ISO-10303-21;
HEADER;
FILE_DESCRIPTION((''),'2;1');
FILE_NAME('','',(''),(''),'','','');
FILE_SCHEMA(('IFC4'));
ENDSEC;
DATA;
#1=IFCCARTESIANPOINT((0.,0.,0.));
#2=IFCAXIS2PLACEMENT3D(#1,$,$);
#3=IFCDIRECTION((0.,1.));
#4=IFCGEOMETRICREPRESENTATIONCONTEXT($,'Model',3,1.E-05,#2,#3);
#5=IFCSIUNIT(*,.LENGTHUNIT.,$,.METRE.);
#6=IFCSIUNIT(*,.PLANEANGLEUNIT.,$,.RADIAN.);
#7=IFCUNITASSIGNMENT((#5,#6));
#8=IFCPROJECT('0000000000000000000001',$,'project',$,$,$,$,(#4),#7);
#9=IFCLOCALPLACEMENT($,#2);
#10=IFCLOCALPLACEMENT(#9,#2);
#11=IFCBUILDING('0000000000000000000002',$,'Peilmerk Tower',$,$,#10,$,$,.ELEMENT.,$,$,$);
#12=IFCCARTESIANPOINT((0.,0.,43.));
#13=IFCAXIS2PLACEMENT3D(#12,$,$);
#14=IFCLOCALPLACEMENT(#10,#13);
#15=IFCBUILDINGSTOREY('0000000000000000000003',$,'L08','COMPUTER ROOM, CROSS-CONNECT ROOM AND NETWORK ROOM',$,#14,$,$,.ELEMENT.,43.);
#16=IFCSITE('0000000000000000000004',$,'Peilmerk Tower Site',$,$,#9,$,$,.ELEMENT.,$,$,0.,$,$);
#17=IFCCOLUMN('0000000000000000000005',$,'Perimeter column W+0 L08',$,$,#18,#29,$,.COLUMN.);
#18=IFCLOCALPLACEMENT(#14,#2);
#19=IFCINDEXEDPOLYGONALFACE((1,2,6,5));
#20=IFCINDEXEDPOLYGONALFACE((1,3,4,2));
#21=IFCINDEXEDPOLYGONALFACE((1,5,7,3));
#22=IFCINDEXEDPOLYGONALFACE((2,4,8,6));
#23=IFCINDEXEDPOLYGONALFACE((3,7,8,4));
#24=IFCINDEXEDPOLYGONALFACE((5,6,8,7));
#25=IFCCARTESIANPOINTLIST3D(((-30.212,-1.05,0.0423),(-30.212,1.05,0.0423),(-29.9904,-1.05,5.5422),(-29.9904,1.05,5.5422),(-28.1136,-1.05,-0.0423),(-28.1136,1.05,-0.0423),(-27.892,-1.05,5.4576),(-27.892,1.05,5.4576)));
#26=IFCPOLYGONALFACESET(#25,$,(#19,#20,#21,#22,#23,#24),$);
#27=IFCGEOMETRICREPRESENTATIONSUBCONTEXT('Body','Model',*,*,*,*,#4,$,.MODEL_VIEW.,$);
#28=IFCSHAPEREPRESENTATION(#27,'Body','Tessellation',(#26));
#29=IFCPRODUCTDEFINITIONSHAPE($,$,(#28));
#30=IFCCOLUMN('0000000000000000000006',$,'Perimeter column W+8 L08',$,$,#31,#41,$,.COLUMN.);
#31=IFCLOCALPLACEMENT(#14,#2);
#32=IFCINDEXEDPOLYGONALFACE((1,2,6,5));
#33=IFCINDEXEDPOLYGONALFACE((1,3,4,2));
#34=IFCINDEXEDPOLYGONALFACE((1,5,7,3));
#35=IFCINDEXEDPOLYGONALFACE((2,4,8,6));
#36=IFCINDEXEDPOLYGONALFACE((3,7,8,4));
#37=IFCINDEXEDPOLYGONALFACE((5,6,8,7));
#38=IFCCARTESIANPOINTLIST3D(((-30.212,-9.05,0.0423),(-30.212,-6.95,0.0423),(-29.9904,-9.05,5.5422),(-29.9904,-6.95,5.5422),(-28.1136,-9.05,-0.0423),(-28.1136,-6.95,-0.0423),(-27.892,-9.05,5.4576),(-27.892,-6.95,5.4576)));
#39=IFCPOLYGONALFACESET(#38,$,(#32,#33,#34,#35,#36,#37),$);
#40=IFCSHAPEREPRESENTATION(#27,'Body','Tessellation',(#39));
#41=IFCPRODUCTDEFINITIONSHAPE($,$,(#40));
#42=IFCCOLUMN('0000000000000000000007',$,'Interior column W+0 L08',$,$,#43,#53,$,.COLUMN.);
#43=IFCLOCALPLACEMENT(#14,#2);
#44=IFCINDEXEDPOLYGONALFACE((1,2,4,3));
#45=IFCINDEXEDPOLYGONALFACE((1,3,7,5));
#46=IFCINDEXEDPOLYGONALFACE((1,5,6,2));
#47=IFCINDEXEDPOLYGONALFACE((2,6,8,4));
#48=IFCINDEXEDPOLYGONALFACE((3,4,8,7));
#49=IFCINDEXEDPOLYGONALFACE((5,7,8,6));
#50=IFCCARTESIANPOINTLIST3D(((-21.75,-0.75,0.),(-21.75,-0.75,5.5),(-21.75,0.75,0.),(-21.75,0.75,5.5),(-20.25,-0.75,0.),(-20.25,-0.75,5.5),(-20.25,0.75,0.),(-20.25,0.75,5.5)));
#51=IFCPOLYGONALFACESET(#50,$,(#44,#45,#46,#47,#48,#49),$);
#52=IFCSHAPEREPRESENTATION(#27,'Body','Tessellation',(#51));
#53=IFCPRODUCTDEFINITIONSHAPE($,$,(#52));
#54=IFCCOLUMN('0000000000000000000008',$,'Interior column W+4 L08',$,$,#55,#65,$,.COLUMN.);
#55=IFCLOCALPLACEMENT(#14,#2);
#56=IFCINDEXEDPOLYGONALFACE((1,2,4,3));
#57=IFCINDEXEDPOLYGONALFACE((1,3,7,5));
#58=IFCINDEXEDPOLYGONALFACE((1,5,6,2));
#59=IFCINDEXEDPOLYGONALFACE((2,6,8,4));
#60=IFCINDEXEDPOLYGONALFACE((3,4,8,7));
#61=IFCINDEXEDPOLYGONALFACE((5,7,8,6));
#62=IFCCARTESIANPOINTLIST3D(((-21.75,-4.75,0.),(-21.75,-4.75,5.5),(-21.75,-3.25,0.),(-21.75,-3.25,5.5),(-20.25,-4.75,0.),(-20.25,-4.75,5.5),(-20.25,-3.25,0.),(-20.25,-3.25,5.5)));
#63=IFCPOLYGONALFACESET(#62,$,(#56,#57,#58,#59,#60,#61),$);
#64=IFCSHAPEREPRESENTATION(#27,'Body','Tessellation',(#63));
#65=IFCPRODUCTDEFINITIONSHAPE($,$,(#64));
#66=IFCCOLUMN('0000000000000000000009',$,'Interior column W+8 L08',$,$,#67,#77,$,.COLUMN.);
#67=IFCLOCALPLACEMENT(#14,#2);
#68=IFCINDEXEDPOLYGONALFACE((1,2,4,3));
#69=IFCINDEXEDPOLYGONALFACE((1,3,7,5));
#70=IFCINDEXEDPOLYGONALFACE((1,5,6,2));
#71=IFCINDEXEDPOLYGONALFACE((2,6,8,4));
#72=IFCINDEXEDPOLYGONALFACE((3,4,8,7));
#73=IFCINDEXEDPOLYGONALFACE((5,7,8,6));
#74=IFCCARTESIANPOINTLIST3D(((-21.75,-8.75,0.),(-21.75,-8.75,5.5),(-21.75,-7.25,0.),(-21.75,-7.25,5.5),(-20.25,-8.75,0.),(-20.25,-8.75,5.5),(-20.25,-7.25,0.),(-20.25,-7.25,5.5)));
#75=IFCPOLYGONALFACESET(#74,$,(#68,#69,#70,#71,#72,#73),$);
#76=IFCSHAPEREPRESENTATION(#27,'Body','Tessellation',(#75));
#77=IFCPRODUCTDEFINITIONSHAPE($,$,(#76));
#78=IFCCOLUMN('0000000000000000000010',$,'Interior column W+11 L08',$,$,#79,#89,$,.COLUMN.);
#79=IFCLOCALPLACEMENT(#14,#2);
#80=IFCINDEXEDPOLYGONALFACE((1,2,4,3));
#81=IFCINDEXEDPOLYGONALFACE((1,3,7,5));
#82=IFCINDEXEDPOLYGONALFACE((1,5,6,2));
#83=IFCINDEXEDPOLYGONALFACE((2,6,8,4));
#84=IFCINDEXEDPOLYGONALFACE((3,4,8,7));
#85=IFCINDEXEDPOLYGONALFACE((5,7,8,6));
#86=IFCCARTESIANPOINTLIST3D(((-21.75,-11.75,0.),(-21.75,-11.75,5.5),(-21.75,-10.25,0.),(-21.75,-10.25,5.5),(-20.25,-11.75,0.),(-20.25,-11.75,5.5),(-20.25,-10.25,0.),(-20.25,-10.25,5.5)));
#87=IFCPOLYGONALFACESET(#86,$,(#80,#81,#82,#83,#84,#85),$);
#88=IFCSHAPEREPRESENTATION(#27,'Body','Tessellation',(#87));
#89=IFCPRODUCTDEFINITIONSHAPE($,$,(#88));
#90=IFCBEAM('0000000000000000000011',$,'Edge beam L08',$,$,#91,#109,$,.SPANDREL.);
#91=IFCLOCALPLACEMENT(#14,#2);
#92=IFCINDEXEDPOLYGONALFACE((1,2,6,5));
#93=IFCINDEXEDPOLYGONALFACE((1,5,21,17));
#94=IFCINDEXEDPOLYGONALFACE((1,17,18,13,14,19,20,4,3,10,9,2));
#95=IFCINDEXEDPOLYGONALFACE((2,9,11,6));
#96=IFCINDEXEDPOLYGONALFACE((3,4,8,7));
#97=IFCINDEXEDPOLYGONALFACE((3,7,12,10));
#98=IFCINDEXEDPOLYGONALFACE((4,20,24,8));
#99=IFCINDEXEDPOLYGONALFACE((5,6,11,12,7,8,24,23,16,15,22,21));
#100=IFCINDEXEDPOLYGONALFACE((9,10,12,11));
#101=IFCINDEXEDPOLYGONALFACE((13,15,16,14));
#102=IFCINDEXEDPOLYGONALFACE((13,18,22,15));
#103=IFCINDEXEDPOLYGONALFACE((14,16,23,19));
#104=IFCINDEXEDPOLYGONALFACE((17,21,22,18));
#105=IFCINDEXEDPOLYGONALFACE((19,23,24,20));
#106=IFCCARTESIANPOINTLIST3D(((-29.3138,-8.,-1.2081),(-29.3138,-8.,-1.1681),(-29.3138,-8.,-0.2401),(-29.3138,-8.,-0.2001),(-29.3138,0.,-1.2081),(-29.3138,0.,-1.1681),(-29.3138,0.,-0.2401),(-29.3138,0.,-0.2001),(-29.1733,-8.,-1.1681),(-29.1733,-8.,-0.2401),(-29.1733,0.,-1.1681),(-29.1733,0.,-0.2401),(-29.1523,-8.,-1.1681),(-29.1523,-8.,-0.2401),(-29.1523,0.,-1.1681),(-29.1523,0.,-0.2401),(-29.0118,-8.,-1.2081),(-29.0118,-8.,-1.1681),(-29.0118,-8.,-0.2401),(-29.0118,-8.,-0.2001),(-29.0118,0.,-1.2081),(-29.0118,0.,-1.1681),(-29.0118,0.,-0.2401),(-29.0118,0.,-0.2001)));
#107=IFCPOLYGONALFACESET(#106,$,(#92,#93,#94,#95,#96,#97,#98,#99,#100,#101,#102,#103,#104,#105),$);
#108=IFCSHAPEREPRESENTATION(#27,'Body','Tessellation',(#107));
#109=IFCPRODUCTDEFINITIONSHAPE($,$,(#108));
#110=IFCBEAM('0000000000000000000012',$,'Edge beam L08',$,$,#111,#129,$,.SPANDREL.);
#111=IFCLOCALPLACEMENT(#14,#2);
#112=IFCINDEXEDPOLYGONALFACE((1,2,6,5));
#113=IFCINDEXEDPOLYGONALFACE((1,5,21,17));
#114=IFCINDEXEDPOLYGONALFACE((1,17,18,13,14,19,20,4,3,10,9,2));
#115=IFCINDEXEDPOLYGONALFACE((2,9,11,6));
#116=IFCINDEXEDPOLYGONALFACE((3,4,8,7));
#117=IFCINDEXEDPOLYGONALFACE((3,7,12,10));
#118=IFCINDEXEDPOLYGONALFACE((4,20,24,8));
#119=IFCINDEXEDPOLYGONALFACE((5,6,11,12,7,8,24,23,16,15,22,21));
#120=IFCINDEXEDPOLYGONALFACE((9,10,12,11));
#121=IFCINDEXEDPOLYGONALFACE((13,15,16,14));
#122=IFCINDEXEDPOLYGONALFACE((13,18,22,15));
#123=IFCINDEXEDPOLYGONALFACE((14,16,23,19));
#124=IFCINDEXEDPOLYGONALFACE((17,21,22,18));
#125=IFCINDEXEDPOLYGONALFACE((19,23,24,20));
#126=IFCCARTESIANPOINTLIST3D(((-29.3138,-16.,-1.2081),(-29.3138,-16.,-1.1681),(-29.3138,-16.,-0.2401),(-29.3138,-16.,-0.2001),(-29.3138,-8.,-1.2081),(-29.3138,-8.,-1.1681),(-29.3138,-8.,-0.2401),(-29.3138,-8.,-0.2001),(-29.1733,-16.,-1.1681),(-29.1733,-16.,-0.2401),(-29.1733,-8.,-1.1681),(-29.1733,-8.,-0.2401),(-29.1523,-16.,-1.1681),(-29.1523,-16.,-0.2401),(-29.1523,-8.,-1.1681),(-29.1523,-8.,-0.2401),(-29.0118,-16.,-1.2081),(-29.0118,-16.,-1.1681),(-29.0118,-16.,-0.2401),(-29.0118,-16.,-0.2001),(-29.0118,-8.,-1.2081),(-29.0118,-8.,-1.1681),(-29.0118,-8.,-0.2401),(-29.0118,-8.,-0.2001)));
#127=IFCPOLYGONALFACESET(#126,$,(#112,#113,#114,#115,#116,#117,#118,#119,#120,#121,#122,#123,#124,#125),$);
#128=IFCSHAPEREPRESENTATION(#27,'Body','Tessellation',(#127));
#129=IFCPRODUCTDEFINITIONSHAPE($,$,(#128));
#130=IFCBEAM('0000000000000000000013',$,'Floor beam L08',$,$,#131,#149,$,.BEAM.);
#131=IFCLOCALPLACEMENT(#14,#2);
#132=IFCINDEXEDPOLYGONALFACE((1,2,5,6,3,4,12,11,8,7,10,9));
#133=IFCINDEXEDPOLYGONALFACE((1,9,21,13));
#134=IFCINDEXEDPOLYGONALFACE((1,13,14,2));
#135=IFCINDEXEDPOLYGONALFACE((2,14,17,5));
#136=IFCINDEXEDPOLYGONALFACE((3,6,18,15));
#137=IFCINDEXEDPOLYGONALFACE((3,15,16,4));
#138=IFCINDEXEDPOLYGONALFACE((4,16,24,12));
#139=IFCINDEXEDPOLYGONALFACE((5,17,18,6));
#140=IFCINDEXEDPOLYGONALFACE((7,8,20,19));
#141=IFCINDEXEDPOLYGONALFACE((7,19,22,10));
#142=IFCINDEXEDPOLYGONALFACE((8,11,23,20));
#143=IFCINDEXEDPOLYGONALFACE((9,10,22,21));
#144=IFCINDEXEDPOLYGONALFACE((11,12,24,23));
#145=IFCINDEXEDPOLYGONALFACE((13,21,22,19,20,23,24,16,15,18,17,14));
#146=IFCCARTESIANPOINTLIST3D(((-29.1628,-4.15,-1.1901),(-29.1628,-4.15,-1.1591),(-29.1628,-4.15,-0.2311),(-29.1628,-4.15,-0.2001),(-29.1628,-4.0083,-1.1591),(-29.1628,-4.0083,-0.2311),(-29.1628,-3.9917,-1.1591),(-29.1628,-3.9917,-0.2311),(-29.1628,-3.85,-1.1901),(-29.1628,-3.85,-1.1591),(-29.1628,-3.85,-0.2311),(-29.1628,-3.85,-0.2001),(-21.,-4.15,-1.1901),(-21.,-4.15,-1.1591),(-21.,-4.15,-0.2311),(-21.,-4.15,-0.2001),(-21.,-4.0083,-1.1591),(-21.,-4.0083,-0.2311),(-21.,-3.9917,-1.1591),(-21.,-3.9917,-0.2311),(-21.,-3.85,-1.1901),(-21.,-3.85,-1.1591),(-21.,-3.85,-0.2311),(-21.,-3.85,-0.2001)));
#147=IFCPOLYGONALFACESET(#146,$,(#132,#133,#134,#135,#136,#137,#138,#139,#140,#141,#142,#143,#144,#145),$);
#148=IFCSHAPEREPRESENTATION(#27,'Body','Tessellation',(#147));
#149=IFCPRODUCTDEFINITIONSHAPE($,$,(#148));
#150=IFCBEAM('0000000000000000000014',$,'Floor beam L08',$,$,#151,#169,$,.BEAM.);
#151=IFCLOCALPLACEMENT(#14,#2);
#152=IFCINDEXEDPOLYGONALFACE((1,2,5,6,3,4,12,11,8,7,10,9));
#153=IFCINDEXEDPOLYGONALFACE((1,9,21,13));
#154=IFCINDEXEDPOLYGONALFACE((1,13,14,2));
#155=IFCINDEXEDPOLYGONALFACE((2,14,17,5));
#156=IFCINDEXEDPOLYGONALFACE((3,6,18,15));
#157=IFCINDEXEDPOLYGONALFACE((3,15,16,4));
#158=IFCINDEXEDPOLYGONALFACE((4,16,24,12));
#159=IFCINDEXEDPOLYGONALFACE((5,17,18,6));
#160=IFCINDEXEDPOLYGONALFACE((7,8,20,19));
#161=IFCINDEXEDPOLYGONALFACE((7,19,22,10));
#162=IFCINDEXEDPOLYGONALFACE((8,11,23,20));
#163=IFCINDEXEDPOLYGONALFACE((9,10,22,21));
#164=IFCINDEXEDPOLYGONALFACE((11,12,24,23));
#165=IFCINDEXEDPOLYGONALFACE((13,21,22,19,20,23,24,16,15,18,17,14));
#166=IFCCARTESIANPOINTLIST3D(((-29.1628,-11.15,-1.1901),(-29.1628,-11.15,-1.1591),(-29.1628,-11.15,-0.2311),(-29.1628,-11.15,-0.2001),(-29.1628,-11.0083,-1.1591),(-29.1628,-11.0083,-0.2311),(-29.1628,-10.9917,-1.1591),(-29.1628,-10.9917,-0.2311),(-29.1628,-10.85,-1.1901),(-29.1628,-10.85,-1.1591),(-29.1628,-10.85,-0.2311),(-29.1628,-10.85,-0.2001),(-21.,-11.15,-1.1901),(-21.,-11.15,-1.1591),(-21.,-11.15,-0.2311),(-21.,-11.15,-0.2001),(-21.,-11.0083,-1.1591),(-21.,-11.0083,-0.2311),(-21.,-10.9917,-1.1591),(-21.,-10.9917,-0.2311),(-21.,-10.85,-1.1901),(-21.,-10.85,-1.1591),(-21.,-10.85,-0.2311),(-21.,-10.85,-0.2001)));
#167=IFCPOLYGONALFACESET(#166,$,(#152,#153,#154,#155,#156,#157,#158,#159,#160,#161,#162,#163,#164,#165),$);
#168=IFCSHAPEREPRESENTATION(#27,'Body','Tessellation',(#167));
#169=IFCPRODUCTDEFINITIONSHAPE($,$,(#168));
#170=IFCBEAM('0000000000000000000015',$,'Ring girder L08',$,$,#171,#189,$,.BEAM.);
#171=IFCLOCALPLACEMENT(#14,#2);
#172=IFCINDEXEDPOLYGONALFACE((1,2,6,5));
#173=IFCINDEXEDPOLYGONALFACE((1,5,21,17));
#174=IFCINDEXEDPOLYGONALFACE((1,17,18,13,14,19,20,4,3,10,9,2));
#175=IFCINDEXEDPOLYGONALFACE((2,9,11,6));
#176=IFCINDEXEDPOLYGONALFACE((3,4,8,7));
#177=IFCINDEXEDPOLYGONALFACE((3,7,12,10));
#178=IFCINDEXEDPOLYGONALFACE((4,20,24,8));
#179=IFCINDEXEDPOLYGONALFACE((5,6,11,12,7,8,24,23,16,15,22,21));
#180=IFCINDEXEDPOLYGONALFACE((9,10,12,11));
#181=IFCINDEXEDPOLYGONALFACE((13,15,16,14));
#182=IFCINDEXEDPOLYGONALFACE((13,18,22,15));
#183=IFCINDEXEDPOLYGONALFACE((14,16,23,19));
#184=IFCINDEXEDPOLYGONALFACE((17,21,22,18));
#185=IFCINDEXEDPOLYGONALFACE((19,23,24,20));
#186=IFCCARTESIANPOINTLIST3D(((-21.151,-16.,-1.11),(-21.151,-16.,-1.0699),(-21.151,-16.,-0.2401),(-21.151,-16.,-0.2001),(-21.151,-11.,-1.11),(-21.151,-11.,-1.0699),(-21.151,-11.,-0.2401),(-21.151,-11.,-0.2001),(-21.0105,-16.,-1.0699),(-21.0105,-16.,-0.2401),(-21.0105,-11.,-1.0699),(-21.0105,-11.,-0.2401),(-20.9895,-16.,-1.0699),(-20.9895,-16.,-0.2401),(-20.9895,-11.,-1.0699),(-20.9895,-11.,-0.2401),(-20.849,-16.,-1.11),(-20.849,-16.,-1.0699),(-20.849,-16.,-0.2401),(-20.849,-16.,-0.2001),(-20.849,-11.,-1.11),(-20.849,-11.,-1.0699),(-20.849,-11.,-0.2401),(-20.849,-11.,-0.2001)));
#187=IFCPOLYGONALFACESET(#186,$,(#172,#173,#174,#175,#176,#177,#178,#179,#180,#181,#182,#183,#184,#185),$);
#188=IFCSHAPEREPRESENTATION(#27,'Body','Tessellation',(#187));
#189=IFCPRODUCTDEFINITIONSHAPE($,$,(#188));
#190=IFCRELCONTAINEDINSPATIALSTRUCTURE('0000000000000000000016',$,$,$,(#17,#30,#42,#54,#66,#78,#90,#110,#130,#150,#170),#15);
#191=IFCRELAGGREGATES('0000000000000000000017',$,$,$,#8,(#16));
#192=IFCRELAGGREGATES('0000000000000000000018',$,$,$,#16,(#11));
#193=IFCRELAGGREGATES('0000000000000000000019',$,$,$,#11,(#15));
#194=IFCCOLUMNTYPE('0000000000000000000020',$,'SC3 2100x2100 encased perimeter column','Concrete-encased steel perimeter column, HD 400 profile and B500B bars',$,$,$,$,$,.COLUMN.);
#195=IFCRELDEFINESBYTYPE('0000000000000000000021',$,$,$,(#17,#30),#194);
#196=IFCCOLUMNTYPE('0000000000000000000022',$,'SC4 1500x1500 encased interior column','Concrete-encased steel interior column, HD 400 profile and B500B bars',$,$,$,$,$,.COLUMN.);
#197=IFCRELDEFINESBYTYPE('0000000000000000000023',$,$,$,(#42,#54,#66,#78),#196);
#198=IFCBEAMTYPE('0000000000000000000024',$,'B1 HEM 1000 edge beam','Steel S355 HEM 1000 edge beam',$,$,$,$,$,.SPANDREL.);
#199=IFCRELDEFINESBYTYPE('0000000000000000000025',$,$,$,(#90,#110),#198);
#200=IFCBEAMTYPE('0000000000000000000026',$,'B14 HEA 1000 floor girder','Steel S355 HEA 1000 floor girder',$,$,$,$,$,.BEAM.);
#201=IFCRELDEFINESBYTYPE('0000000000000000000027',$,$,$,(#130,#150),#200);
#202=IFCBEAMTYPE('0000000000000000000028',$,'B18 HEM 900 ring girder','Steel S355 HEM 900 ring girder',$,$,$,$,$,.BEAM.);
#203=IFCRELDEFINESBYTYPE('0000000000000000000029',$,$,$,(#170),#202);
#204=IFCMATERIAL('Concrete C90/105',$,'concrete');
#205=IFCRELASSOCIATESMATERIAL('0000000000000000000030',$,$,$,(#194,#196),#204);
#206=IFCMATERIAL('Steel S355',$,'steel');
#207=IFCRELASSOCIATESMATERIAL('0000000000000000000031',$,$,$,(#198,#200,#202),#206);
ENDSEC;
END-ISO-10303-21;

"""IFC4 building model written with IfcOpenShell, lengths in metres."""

from ifc_helpers import new_model, si_unit, direction, frame, origin, origin_2d, place, context, subcontext, project, spatial, rectangle, i_section, extrude, material, material_profile, profile_set, type_object, element, save


model = new_model("IFC4")

# Units and contexts
model_context = context("Model", 3, precision=1e-05, world=origin(), true_north=direction((0.0, 1.0)))
body_context = subcontext(model_context, "Body", "Model", "MODEL_VIEW")
ifc_project = project(units=[si_unit("LENGTHUNIT", "METRE"), si_unit("PLANEANGLEUNIT", "RADIAN")], contexts=[model_context])

# Site, building, storey
site_placement = place(None, origin())
site = spatial("IfcSite", under=ifc_project, at=site_placement, Name="Peilmerk Tower Site", CompositionType="ELEMENT", RefElevation=0.0)
building_placement = place(site_placement, origin())
building = spatial("IfcBuilding", under=site, at=building_placement, Name="Peilmerk Tower", CompositionType="ELEMENT")
storey_placement = place(building_placement, frame((0.0, 0.0, 43.0)))
storey = spatial("IfcBuildingStorey", under=building, at=storey_placement, Name="L08", Description="COMPUTER ROOM, CROSS-CONNECT ROOM AND NETWORK ROOM", CompositionType="ELEMENT", Elevation=43.0)

# Columns
ifc_material_1 = material(Name="Concrete C90/105", Category="concrete")
ifc_material_profile_1 = material_profile(ifc_material_1, rectangle(XDim=2.1001, YDim=2.1001, at=origin_2d()), Name="RC 2100x2100")
ifc_profile_set_1 = profile_set([ifc_material_profile_1], Name="Concrete C90/105")
column_type_1 = type_object("IfcColumnType", Name="SC3 2100x2100 encased perimeter column", Description="Concrete-encased steel perimeter column, HD 400 profile and B500B bars", PredefinedType="COLUMN", material=ifc_profile_set_1)
for number, where, z_axis, x_axis, name in (
    (1, (-29.1628, 0.0, 0.0), (0.040273, 0.0, 0.999189), (0.0, 1.0, 0.0), "Perimeter column W+0 L08"),
    (2, (-29.1628, -8.0, 0.0), (0.040273, 0.0, 0.999189), (0.0, 1.0, 0.0), "Perimeter column W+8 L08"),
):
    element("IfcColumn", number, at=place(storey_placement, frame(where, z_axis=z_axis, x_axis=x_axis)), inside=storey, type_object=column_type_1, Name=name, PredefinedType="COLUMN", context=body_context, shape_type="SweptSolid", body=[
        extrude(rectangle(XDim=2.1001, YDim=2.1001, at=origin_2d()), origin(), (0.0, 0.0, 1.0), 5.5044),
    ])
ifc_material_profile_2 = material_profile(ifc_material_1, rectangle(XDim=1.5, YDim=1.5, at=origin_2d()), Name="RC 1500x1500")
ifc_profile_set_2 = profile_set([ifc_material_profile_2], Name="Concrete C90/105")
column_type_2 = type_object("IfcColumnType", Name="SC4 1500x1500 encased interior column", Description="Concrete-encased steel interior column, HD 400 profile and B500B bars", PredefinedType="COLUMN", material=ifc_profile_set_2)
for number, where, z_axis, x_axis, name in (
    (3, (-21.0, 0.0, 0.0), (0.0, 0.0, 1.0), (1.0, 0.0, 0.0), "Interior column W+0 L08"),
    (4, (-21.0, -4.0, 0.0), (0.0, 0.0, 1.0), (1.0, 0.0, 0.0), "Interior column W+4 L08"),
    (5, (-21.0, -8.0, 0.0), (0.0, 0.0, 1.0), (1.0, 0.0, 0.0), "Interior column W+8 L08"),
    (6, (-21.0, -11.0, 0.0), (0.0, 0.0, 1.0), (1.0, 0.0, 0.0), "Interior column W+11 L08"),
):
    element("IfcColumn", number, at=place(storey_placement, frame(where, z_axis=z_axis, x_axis=x_axis)), inside=storey, type_object=column_type_2, Name=name, PredefinedType="COLUMN", context=body_context, shape_type="SweptSolid", body=[
        extrude(rectangle(XDim=1.5, YDim=1.5, at=origin_2d()), origin(), (0.0, 0.0, 1.0), 5.5),
    ])

# Beams
ifc_material_2 = material(Name="Steel S355", Category="steel")
ifc_material_profile_3 = material_profile(ifc_material_2, i_section(OverallWidth=0.302, OverallDepth=1.0081, WebThickness=0.021, FlangeThickness=0.04, at=origin_2d()), Name="HEM 1000")
ifc_profile_set_3 = profile_set([ifc_material_profile_3], Name="Steel S355")
beam_type_1 = type_object("IfcBeamType", Name="B1 HEM 1000 edge beam", Description="Steel S355 HEM 1000 edge beam", PredefinedType="SPANDREL", material=ifc_profile_set_3)
for number, where, z_axis, x_axis, name in (
    (7, (-29.1628, 0.0, -0.7041), (0.0, -1.0, 0.0), (1.0, 0.0, 0.0), "Edge beam L08"),
    (8, (-29.1628, -8.0, -0.7041), (0.0, -1.0, 0.0), (1.0, 0.0, 0.0), "Edge beam L08"),
):
    element("IfcBeam", number, at=place(storey_placement, frame(where, z_axis=z_axis, x_axis=x_axis)), inside=storey, type_object=beam_type_1, Name=name, PredefinedType="SPANDREL", context=body_context, shape_type="SweptSolid", body=[
        extrude(i_section(OverallWidth=0.302, OverallDepth=1.0081, WebThickness=0.021, FlangeThickness=0.04, at=origin_2d()), origin(), (0.0, 0.0, 1.0), 8.0),
    ])
ifc_material_profile_4 = material_profile(ifc_material_2, i_section(OverallWidth=0.3, OverallDepth=0.99, WebThickness=0.0166, FlangeThickness=0.031, at=origin_2d()), Name="HEA 1000")
ifc_profile_set_4 = profile_set([ifc_material_profile_4], Name="Steel S355")
beam_type_2 = type_object("IfcBeamType", Name="B14 HEA 1000 floor girder", Description="Steel S355 HEA 1000 floor girder", PredefinedType="BEAM", material=ifc_profile_set_4)
for number, where, z_axis, x_axis, name in (
    (9, (-21.0, -4.0, -0.6951), (-1.0, 0.0, 0.0), (0.0, -1.0, 0.0), "Floor beam L08"),
    (10, (-21.0, -11.0, -0.6951), (-1.0, 0.0, 0.0), (0.0, -1.0, 0.0), "Floor beam L08"),
):
    element("IfcBeam", number, at=place(storey_placement, frame(where, z_axis=z_axis, x_axis=x_axis)), inside=storey, type_object=beam_type_2, Name=name, PredefinedType="BEAM", context=body_context, shape_type="SweptSolid", body=[
        extrude(i_section(OverallWidth=0.3, OverallDepth=0.99, WebThickness=0.0166, FlangeThickness=0.031, at=origin_2d()), origin(), (0.0, 0.0, 1.0), 8.1628),
    ])
ifc_material_profile_5 = material_profile(ifc_material_2, i_section(OverallWidth=0.302, OverallDepth=0.9099, WebThickness=0.021, FlangeThickness=0.04, at=origin_2d()), Name="HEM 900")
ifc_profile_set_5 = profile_set([ifc_material_profile_5], Name="Steel S355")
beam_type_3 = type_object("IfcBeamType", Name="B18 HEM 900 ring girder", Description="Steel S355 HEM 900 ring girder", PredefinedType="BEAM", material=ifc_profile_set_5)
beam_1_placement = place(storey_placement, frame((-21.0, -11.0, -0.655), z_axis=(0.0, -1.0, 0.0), x_axis=(1.0, 0.0, 0.0)))
element("IfcBeam", 11, at=beam_1_placement, inside=storey, type_object=beam_type_3, Name="Ring girder L08", PredefinedType="BEAM", context=body_context, shape_type="SweptSolid", body=[
    extrude(i_section(OverallWidth=0.302, OverallDepth=0.9099, WebThickness=0.021, FlangeThickness=0.04, at=origin_2d()), origin(), (0.0, 0.0, 1.0), 5.0),
])

save(model, "model.ifc")
